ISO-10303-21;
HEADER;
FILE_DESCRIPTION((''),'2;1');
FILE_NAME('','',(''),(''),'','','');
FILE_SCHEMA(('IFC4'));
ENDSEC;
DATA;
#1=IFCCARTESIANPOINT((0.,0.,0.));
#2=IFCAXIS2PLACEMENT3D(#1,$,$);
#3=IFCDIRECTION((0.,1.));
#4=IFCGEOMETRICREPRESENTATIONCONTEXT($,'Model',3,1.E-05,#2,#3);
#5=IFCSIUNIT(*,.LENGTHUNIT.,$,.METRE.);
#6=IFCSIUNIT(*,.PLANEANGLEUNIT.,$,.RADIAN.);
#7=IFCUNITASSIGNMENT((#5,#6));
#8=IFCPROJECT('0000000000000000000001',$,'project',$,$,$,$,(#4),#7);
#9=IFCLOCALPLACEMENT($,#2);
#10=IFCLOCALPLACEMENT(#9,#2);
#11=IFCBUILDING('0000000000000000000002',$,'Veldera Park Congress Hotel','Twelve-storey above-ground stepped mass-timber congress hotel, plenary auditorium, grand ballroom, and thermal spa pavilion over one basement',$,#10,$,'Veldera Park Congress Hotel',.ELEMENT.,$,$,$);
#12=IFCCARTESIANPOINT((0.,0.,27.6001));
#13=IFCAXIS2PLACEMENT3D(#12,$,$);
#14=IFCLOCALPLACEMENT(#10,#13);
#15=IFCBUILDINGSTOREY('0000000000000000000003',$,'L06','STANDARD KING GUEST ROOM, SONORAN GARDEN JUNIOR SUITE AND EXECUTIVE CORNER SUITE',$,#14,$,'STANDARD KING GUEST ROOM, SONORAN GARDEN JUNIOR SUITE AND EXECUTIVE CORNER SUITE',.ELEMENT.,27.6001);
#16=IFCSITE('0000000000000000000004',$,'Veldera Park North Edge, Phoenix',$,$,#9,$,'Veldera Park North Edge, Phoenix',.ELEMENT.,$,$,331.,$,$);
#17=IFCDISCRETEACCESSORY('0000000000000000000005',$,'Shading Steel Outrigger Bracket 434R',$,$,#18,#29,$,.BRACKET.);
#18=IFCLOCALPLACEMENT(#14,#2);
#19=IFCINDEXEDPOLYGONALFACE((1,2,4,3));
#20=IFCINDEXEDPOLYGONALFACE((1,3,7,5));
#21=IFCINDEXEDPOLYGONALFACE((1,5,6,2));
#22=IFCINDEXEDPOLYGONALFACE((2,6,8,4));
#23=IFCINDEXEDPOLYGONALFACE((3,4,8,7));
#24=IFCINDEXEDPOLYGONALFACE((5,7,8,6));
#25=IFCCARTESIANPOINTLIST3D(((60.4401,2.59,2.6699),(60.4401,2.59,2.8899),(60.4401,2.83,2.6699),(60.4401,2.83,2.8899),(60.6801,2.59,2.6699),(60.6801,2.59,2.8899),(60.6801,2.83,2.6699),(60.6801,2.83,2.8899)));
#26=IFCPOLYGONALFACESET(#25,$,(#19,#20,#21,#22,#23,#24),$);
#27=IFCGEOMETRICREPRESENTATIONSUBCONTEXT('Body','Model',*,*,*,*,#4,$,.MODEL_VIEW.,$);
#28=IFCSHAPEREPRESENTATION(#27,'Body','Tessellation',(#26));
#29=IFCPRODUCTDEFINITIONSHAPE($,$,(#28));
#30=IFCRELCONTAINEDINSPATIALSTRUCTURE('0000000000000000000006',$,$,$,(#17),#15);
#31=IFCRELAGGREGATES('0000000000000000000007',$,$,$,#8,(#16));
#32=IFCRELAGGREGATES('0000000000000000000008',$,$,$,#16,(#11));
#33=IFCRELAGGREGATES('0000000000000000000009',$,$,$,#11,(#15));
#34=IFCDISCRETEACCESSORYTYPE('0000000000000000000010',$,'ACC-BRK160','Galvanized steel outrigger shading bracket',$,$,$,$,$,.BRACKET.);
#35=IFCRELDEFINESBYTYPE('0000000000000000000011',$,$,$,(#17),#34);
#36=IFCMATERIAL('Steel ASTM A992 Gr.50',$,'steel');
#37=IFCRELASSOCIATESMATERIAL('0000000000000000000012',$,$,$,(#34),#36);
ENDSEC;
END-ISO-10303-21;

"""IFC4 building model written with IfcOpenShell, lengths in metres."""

from ifc_helpers import new_model, si_unit, direction, frame, origin, origin_2d, place, context, subcontext, project, spatial, rectangle, extrude, material, type_object, element, save


model = new_model("IFC4")

# Units and contexts
model_context = context("Model", 3, precision=1e-05, world=origin(), true_north=direction((0.0, 1.0)))
body_context = subcontext(model_context, "Body", "Model", "MODEL_VIEW")
ifc_project = project(units=[si_unit("LENGTHUNIT", "METRE"), si_unit("PLANEANGLEUNIT", "RADIAN")], contexts=[model_context])

# Site, building, storey
site_placement = place(None, origin())
site = spatial("IfcSite", under=ifc_project, at=site_placement, Name="Veldera Park North Edge, Phoenix", LongName="Veldera Park North Edge, Phoenix", CompositionType="ELEMENT", RefElevation=331.0)
building_placement = place(site_placement, origin())
building = spatial("IfcBuilding", under=site, at=building_placement, Name="Veldera Park Congress Hotel", Description="Twelve-storey above-ground stepped mass-timber congress hotel, plenary auditorium, grand ballroom, and thermal spa pavilion over one basement", LongName="Veldera Park Congress Hotel", CompositionType="ELEMENT")
storey_placement = place(building_placement, frame((0.0, 0.0, 27.6001)))
storey = spatial("IfcBuildingStorey", under=building, at=storey_placement, Name="L06", Description="STANDARD KING GUEST ROOM, SONORAN GARDEN JUNIOR SUITE AND EXECUTIVE CORNER SUITE", LongName="STANDARD KING GUEST ROOM, SONORAN GARDEN JUNIOR SUITE AND EXECUTIVE CORNER SUITE", CompositionType="ELEMENT", Elevation=27.6001)

# Discrete accessory
ifc_material = material(Name="Steel ASTM A992 Gr.50", Category="steel")
discrete_accessory_type = type_object("IfcDiscreteAccessoryType", Name="ACC-BRK160", Description="Galvanized steel outrigger shading bracket", PredefinedType="BRACKET", material=ifc_material)
for number, where, z_axis, x_axis, name in (
    (1, (60.5601, 2.71, 2.6699), (0.0, 0.0, 1.0), (0.0, -1.0, 0.0), "Shading Steel Outrigger Bracket 434R"),
):
    element("IfcDiscreteAccessory", number, at=place(storey_placement, frame(where, z_axis=z_axis, x_axis=x_axis)), inside=storey, type_object=discrete_accessory_type, Name=name, PredefinedType="BRACKET", context=body_context, shape_type="SweptSolid", body=[
        extrude(rectangle(XDim=0.24, YDim=0.24, at=origin_2d()), origin(), (0.0, 0.0, 1.0), 0.22),
    ])

save(model, "model.ifc")
